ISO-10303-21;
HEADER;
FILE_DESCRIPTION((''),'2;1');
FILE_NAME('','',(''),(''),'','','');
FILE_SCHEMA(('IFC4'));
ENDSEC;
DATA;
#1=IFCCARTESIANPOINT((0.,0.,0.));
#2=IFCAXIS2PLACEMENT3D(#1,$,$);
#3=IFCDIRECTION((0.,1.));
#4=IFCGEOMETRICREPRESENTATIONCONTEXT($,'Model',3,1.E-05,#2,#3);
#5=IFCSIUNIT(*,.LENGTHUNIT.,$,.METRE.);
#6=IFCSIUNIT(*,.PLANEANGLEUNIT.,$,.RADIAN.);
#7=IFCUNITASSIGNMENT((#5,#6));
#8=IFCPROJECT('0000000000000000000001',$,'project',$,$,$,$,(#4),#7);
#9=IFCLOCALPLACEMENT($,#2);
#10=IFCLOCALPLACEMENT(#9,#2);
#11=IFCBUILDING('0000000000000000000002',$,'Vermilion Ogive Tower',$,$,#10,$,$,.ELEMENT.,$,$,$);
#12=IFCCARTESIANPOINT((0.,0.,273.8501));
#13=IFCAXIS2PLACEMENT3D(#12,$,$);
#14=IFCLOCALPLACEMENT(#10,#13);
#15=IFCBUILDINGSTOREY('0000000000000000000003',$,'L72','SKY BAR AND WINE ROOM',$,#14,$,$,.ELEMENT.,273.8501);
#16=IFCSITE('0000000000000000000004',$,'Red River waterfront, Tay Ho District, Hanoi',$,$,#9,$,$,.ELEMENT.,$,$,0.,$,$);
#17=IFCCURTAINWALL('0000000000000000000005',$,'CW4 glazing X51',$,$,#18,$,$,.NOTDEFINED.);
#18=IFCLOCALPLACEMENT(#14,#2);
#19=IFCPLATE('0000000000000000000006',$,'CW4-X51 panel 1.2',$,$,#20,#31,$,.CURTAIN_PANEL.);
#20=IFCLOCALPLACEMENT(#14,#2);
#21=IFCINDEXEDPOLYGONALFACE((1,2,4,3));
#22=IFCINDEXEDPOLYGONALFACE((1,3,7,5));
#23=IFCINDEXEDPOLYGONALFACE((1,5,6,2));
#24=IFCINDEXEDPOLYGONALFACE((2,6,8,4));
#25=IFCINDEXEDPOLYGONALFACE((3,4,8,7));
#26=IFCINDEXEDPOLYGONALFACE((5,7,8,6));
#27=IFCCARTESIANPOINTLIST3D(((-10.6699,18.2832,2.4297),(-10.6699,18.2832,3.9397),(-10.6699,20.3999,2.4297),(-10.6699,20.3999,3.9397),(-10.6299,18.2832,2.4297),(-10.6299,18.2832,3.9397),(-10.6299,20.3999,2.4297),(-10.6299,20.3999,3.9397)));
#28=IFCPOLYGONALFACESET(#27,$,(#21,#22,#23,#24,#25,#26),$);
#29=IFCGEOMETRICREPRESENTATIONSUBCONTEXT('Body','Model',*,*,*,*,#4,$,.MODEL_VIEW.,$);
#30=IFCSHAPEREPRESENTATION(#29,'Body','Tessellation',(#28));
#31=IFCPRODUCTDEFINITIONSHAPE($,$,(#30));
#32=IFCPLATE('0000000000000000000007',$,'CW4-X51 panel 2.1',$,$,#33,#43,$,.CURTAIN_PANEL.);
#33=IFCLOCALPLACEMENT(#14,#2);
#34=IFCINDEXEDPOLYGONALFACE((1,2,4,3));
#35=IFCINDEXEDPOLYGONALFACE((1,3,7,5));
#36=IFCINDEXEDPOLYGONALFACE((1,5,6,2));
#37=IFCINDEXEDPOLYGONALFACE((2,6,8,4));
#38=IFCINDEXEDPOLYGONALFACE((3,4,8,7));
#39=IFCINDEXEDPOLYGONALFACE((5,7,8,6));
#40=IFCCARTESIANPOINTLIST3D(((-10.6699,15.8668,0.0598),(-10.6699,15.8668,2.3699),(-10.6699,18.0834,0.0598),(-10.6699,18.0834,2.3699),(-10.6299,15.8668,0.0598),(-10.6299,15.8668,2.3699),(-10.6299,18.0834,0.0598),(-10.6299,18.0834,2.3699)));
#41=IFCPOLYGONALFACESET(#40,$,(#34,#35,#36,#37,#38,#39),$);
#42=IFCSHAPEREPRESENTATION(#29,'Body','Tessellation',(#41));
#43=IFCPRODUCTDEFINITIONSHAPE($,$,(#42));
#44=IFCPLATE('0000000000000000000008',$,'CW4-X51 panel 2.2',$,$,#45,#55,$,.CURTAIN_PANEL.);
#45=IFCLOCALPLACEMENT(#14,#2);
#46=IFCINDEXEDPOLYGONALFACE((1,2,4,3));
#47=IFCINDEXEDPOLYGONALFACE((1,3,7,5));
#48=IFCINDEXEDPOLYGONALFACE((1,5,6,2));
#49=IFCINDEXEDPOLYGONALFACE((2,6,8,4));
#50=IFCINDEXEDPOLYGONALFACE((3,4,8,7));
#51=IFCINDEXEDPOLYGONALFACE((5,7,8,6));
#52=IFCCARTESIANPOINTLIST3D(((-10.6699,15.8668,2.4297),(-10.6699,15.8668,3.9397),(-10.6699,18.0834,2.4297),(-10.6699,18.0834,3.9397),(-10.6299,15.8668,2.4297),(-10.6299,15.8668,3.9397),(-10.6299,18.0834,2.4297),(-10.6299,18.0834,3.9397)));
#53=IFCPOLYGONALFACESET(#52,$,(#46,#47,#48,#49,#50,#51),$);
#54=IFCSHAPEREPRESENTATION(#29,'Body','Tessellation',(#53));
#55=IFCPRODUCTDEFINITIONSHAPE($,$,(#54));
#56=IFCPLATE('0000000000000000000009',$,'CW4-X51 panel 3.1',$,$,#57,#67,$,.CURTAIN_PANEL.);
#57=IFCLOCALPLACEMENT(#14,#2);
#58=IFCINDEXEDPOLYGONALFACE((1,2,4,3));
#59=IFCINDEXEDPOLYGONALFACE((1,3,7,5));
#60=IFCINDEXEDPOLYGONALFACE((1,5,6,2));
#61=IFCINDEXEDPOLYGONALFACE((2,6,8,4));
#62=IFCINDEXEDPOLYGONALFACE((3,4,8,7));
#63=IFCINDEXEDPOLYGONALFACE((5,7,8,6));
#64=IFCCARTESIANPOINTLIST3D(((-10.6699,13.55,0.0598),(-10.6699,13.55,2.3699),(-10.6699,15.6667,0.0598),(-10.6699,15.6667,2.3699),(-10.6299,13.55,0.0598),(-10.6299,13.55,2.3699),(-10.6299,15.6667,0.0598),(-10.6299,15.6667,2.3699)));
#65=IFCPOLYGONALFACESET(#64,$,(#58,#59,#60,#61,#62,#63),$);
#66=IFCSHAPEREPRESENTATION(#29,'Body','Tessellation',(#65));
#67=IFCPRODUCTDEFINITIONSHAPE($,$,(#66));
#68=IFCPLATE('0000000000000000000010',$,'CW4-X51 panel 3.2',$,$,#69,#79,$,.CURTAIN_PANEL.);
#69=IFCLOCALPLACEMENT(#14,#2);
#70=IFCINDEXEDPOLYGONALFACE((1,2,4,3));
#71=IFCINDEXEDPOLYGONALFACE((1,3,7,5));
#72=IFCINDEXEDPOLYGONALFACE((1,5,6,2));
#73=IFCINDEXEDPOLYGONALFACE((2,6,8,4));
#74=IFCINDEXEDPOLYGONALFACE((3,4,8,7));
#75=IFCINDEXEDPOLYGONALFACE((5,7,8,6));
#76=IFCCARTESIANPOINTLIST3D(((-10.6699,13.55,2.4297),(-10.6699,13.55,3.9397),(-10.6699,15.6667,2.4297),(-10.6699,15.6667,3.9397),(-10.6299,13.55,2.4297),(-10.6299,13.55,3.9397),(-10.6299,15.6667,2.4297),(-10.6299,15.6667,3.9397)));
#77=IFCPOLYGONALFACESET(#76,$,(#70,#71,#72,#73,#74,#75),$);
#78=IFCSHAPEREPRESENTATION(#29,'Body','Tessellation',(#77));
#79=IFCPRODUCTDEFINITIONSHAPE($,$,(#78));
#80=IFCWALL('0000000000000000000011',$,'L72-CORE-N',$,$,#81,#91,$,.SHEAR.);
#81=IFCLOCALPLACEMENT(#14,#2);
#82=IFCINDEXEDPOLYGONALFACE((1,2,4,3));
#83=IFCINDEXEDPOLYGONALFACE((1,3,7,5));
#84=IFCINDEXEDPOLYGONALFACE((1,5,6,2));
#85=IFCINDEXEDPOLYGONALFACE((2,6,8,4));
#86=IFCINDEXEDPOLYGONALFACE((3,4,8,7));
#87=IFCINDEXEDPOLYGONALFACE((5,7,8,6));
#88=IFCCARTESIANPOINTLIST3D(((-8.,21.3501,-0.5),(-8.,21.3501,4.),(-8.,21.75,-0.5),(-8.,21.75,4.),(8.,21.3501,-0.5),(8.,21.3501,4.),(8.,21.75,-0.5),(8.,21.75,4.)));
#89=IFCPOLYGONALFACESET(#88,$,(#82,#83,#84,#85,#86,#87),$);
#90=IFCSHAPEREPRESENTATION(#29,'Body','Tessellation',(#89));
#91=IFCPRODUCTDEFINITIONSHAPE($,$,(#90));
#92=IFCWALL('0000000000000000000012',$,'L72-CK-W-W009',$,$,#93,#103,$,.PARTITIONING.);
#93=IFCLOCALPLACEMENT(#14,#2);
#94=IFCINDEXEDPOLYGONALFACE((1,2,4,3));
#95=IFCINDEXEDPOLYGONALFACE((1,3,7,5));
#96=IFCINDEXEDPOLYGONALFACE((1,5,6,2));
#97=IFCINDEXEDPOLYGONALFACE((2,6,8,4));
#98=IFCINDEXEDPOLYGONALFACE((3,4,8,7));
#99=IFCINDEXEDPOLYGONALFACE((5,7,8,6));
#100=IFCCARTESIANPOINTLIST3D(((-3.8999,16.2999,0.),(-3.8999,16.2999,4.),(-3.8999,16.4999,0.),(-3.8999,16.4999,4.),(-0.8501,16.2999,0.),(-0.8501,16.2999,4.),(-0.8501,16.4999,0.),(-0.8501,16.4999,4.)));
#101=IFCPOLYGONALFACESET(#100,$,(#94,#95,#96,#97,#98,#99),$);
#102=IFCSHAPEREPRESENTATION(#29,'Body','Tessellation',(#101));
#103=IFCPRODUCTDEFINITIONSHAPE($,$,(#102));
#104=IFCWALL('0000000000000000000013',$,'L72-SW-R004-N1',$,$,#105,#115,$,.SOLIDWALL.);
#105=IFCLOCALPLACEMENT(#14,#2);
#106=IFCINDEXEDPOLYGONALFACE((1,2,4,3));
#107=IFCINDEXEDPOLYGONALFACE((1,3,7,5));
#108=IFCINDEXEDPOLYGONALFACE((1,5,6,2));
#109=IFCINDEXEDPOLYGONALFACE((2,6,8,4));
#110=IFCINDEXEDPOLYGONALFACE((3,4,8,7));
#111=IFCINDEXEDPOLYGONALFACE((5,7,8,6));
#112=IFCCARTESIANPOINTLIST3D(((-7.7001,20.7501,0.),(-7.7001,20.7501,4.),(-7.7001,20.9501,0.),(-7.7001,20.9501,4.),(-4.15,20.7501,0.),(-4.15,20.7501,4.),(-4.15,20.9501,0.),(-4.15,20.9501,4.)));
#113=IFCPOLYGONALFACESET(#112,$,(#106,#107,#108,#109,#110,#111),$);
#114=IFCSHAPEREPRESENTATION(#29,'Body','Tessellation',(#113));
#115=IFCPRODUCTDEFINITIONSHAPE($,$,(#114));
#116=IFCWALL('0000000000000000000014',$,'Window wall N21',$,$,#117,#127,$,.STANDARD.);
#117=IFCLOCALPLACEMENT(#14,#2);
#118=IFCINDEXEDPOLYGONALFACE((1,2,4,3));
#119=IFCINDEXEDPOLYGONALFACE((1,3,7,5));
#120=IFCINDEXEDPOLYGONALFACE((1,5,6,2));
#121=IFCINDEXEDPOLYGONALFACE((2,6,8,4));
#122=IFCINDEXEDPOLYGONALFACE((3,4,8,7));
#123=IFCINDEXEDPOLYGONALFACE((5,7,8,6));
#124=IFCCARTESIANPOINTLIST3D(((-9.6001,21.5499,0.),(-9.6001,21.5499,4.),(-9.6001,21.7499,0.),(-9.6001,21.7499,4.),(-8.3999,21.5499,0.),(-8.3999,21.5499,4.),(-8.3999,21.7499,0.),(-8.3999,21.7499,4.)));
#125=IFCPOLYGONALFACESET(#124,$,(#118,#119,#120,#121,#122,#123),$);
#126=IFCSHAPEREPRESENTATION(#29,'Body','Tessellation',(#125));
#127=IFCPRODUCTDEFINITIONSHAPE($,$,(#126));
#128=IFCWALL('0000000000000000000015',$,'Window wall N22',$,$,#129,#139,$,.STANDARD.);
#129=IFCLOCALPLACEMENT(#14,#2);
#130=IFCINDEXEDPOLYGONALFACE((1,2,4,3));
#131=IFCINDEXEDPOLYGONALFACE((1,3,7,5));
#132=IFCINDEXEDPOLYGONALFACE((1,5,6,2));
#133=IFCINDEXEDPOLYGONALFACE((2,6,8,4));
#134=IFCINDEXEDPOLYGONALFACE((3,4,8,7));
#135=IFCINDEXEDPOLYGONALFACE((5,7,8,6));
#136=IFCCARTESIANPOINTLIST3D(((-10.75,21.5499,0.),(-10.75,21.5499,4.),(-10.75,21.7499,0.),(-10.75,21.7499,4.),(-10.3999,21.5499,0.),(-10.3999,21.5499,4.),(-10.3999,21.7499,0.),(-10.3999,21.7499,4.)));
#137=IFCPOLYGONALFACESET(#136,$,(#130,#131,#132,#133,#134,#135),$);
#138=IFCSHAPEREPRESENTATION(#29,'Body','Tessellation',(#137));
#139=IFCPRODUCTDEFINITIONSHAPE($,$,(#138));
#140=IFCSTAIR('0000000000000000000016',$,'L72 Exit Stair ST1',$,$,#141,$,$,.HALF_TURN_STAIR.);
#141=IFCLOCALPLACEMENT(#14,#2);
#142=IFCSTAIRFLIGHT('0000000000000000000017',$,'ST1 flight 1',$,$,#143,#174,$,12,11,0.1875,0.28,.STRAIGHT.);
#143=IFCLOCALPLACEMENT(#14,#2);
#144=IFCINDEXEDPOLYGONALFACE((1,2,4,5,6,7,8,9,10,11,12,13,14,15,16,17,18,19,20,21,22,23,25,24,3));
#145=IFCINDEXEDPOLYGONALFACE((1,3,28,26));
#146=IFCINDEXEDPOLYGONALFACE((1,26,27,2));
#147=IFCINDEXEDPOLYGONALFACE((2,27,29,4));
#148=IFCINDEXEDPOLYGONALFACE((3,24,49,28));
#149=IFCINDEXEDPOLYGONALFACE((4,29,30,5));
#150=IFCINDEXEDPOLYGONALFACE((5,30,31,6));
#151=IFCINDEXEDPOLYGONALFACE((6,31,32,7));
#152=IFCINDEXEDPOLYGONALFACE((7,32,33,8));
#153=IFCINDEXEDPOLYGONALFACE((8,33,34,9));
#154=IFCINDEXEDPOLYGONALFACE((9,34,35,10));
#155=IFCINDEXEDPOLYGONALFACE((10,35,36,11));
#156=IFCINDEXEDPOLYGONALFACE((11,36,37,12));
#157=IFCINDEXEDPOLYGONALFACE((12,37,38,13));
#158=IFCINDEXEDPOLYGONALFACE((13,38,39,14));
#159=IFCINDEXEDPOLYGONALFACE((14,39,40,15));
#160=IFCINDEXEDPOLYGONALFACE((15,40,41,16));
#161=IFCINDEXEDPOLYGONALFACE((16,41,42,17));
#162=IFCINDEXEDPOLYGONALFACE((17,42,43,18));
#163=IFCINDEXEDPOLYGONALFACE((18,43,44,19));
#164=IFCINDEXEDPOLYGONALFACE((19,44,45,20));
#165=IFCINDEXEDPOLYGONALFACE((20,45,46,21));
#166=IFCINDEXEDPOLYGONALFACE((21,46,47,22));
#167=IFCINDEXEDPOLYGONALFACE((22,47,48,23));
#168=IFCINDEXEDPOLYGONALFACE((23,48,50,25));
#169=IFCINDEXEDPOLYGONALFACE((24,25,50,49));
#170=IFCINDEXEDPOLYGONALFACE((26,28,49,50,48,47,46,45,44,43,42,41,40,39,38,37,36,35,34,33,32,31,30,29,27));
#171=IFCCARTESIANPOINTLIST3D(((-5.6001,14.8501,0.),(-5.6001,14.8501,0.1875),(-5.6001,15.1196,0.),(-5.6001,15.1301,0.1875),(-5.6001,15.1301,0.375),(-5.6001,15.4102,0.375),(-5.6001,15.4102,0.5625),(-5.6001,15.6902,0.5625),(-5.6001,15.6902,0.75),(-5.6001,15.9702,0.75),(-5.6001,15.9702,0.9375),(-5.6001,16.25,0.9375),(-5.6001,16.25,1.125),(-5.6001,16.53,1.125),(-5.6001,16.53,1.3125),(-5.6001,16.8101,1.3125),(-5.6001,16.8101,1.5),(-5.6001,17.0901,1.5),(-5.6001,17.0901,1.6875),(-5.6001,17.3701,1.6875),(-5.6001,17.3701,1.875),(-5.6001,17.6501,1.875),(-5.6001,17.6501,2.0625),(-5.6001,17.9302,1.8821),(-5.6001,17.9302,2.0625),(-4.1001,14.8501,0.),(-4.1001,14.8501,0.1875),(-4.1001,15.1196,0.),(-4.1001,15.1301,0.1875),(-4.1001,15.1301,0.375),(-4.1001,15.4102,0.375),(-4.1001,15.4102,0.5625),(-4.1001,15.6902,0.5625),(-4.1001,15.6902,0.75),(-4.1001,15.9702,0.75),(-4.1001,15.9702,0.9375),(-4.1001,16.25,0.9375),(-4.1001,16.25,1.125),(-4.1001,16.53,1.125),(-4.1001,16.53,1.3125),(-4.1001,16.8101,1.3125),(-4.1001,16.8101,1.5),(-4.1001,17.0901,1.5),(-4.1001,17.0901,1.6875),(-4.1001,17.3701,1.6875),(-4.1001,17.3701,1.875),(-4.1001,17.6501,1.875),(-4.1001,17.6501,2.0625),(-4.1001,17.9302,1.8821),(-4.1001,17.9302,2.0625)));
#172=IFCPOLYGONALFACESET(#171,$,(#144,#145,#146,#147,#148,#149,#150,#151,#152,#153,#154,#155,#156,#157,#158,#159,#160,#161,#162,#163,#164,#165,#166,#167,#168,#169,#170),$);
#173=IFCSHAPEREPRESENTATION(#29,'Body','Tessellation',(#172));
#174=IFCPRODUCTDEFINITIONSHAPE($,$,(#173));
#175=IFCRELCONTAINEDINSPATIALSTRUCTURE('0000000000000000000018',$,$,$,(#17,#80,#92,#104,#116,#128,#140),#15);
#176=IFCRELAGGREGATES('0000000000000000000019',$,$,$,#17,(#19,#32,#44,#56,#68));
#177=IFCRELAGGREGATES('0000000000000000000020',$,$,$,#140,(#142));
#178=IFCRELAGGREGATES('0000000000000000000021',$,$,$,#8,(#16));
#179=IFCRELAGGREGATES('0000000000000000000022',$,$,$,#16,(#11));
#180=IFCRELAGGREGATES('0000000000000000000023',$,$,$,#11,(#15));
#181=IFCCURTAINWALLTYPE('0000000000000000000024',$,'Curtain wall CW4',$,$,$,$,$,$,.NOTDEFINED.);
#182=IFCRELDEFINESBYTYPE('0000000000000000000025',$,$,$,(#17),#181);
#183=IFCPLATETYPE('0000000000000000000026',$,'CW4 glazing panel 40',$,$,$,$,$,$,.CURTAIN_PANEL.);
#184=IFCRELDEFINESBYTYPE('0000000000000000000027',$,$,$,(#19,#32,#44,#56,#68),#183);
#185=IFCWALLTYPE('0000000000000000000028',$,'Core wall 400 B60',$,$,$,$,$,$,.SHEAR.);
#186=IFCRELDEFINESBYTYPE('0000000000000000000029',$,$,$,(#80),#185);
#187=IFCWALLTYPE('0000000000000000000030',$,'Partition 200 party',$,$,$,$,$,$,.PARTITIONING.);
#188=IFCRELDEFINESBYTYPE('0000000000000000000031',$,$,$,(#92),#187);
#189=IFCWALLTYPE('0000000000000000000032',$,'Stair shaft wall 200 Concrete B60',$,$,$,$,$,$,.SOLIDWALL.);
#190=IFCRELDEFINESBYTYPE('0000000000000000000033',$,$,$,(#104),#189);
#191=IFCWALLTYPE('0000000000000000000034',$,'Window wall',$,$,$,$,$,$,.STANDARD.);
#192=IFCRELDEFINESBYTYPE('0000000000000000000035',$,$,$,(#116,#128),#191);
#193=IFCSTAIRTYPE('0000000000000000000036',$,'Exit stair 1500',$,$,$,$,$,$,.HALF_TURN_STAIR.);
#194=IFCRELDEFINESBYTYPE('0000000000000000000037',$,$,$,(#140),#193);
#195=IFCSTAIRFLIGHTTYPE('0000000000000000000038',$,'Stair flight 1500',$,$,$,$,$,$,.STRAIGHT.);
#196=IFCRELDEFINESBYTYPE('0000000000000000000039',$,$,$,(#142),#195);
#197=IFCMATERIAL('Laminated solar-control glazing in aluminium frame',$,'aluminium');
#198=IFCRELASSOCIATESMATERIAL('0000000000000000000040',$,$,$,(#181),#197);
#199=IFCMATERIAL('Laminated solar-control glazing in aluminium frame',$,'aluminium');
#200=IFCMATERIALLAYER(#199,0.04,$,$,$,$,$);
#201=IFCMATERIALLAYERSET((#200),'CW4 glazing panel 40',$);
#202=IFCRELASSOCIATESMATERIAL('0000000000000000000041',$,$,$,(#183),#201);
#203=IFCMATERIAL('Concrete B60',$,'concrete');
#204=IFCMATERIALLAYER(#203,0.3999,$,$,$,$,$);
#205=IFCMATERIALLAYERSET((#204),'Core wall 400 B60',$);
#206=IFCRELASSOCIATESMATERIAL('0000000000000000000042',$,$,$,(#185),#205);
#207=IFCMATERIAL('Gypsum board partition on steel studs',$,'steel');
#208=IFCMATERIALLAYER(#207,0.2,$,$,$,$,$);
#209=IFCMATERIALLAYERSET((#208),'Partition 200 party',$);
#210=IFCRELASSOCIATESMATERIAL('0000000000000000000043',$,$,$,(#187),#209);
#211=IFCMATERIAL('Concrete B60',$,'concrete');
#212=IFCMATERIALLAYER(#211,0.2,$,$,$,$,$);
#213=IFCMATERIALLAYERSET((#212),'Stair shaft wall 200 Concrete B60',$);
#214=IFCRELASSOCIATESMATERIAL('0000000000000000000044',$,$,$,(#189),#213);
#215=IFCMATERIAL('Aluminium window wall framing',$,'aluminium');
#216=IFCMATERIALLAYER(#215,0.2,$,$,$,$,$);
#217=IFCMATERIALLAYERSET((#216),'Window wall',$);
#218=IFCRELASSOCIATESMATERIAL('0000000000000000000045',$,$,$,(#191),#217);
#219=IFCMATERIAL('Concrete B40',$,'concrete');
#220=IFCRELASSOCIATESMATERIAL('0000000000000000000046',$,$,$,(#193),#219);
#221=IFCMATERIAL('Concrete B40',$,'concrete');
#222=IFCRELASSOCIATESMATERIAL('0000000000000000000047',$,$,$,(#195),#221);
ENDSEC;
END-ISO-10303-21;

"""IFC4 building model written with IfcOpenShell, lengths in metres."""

from ifc_helpers import new_model, si_unit, direction, frame, frame_2d, origin, origin_2d, place, context, subcontext, project, spatial, polyline, rectangle, outline, extrude, material, layer, layer_set, type_object, element, aggregate, save


model = new_model("IFC4")

# Units and contexts
model_context = context("Model", 3, precision=1e-05, world=origin(), true_north=direction((0.0, 1.0)))
body_context = subcontext(model_context, "Body", "Model", "MODEL_VIEW")
ifc_project = project(units=[si_unit("LENGTHUNIT", "METRE"), si_unit("PLANEANGLEUNIT", "RADIAN")], contexts=[model_context])

# Site, building, storey
site_placement = place(None, origin())
site = spatial("IfcSite", under=ifc_project, at=site_placement, Name="Red River waterfront, Tay Ho District, Hanoi", CompositionType="ELEMENT", RefElevation=0.0)
building_placement = place(site_placement, origin())
building = spatial("IfcBuilding", under=site, at=building_placement, Name="Vermilion Ogive Tower", CompositionType="ELEMENT")
storey_placement = place(building_placement, frame((0.0, 0.0, 273.8501)))
storey = spatial("IfcBuildingStorey", under=building, at=storey_placement, Name="L72", Description="SKY BAR AND WINE ROOM", CompositionType="ELEMENT", Elevation=273.8501)

# Curtain wall, plates
ifc_material_1 = material(Name="Laminated solar-control glazing in aluminium frame", Category="aluminium")
curtain_wall_type = type_object("IfcCurtainWallType", Name="Curtain wall CW4", PredefinedType="NOTDEFINED", material=ifc_material_1)
curtain_wall_placement = place(storey_placement, origin())
curtain_wall = element("IfcCurtainWall", 1, at=curtain_wall_placement, inside=storey, type_object=curtain_wall_type, Name="CW4 glazing X51", PredefinedType="NOTDEFINED")
ifc_material_2 = material(Name="Laminated solar-control glazing in aluminium frame", Category="aluminium")
ifc_layer_1 = layer(ifc_material_2, 0.04)
ifc_layer_set_1 = layer_set([ifc_layer_1], Name="CW4 glazing panel 40")
plate_type = type_object("IfcPlateType", Name="CW4 glazing panel 40", PredefinedType="CURTAIN_PANEL", material=ifc_layer_set_1)
plate_1_placement = place(storey_placement, frame((-10.6499, 19.3416, 2.4297), z_axis=(0.0, 0.0, 1.0), x_axis=(0.0, -1.0, 0.0)))
plate_1 = element("IfcPlate", 2, at=plate_1_placement, type_object=plate_type, Name="CW4-X51 panel 1.2", PredefinedType="CURTAIN_PANEL", context=body_context, shape_type="SweptSolid", body=[
    extrude(rectangle(XDim=2.1167, YDim=0.04, at=origin_2d()), origin(), (0.0, 0.0, 1.0), 1.51),
])
plate_2_placement = place(storey_placement, frame((-10.6499, 16.9751, 0.0598), z_axis=(0.0, 0.0, 1.0), x_axis=(0.0, -1.0, 0.0)))
plate_2 = element("IfcPlate", 3, at=plate_2_placement, type_object=plate_type, Name="CW4-X51 panel 2.1", PredefinedType="CURTAIN_PANEL", context=body_context, shape_type="SweptSolid", body=[
    extrude(rectangle(XDim=2.2166, YDim=0.04, at=origin_2d()), origin(), (0.0, 0.0, 1.0), 2.3101),
])
plate_3_placement = place(storey_placement, frame((-10.6499, 16.9751, 2.4297), z_axis=(0.0, 0.0, 1.0), x_axis=(0.0, -1.0, 0.0)))
plate_3 = element("IfcPlate", 4, at=plate_3_placement, type_object=plate_type, Name="CW4-X51 panel 2.2", PredefinedType="CURTAIN_PANEL", context=body_context, shape_type="SweptSolid", body=[
    extrude(rectangle(XDim=2.2166, YDim=0.04, at=origin_2d()), origin(), (0.0, 0.0, 1.0), 1.51),
])
plate_4_placement = place(storey_placement, frame((-10.6499, 14.6084, 0.0598), z_axis=(0.0, 0.0, 1.0), x_axis=(0.0, -1.0, 0.0)))
plate_4 = element("IfcPlate", 5, at=plate_4_placement, type_object=plate_type, Name="CW4-X51 panel 3.1", PredefinedType="CURTAIN_PANEL", context=body_context, shape_type="SweptSolid", body=[
    extrude(rectangle(XDim=2.1167, YDim=0.04, at=origin_2d()), origin(), (0.0, 0.0, 1.0), 2.3101),
])
plate_5_placement = place(storey_placement, frame((-10.6499, 14.6084, 2.4297), z_axis=(0.0, 0.0, 1.0), x_axis=(0.0, -1.0, 0.0)))
plate_5 = element("IfcPlate", 6, at=plate_5_placement, type_object=plate_type, Name="CW4-X51 panel 3.2", PredefinedType="CURTAIN_PANEL", context=body_context, shape_type="SweptSolid", body=[
    extrude(rectangle(XDim=2.1167, YDim=0.04, at=origin_2d()), origin(), (0.0, 0.0, 1.0), 1.51),
])
aggregate(curtain_wall, [plate_1, plate_2, plate_3, plate_4, plate_5])

# Walls
ifc_material_3 = material(Name="Concrete B60", Category="concrete")
ifc_layer_2 = layer(ifc_material_3, 0.3999)
ifc_layer_set_2 = layer_set([ifc_layer_2], Name="Core wall 400 B60")
wall_type_1 = type_object("IfcWallType", Name="Core wall 400 B60", PredefinedType="SHEAR", material=ifc_layer_set_2)
wall_1_placement = place(storey_placement, frame((-8.0, 21.55, -0.5), z_axis=(0.0, 0.0, 1.0), x_axis=(1.0, 0.0, 0.0)))
element("IfcWall", 7, at=wall_1_placement, inside=storey, type_object=wall_type_1, Name="L72-CORE-N", PredefinedType="SHEAR", context=body_context, shape_type="SweptSolid", body=[
    extrude(rectangle(XDim=16.0, YDim=0.3999, at=frame_2d((8.0, 0.0))), origin(), (0.0, 0.0, 1.0), 4.5),
])
ifc_material_4 = material(Name="Gypsum board partition on steel studs", Category="steel")
ifc_layer_3 = layer(ifc_material_4, 0.2)
ifc_layer_set_3 = layer_set([ifc_layer_3], Name="Partition 200 party")
wall_type_2 = type_object("IfcWallType", Name="Partition 200 party", PredefinedType="PARTITIONING", material=ifc_layer_set_3)
wall_2_placement = place(storey_placement, frame((-3.8999, 16.3999, 0.0), z_axis=(0.0, 0.0, 1.0), x_axis=(1.0, 0.0, 0.0)))
element("IfcWall", 8, at=wall_2_placement, inside=storey, type_object=wall_type_2, Name="L72-CK-W-W009", PredefinedType="PARTITIONING", context=body_context, shape_type="SweptSolid", body=[
    extrude(rectangle(XDim=3.0498, YDim=0.2, at=frame_2d((1.5249, 0.0))), origin(), (0.0, 0.0, 1.0), 4.0),
])
ifc_material_5 = material(Name="Concrete B60", Category="concrete")
ifc_layer_4 = layer(ifc_material_5, 0.2)
ifc_layer_set_4 = layer_set([ifc_layer_4], Name="Stair shaft wall 200 Concrete B60")
wall_type_3 = type_object("IfcWallType", Name="Stair shaft wall 200 Concrete B60", PredefinedType="SOLIDWALL", material=ifc_layer_set_4)
wall_3_placement = place(storey_placement, frame((-7.7, 20.8501, 0.0), z_axis=(0.0, 0.0, 1.0), x_axis=(1.0, 0.0, 0.0)))
element("IfcWall", 9, at=wall_3_placement, inside=storey, type_object=wall_type_3, Name="L72-SW-R004-N1", PredefinedType="SOLIDWALL", context=body_context, shape_type="SweptSolid", body=[
    extrude(rectangle(XDim=3.55, YDim=0.2, at=frame_2d((1.7749, 0.0))), origin(), (0.0, 0.0, 1.0), 4.0),
])
ifc_material_6 = material(Name="Aluminium window wall framing", Category="aluminium")
ifc_layer_5 = layer(ifc_material_6, 0.2)
ifc_layer_set_5 = layer_set([ifc_layer_5], Name="Window wall")
wall_type_4 = type_object("IfcWallType", Name="Window wall", PredefinedType="STANDARD", material=ifc_layer_set_5)
wall_4_placement = place(storey_placement, frame((-8.3999, 21.6499, 0.0), z_axis=(0.0, 0.0, 1.0), x_axis=(-1.0, 0.0, 0.0)))
element("IfcWall", 10, at=wall_4_placement, inside=storey, type_object=wall_type_4, Name="Window wall N21", PredefinedType="STANDARD", context=body_context, shape_type="SweptSolid", body=[
    extrude(rectangle(XDim=1.2002, YDim=0.2, at=frame_2d((0.6001, 0.0))), origin(), (0.0, 0.0, 1.0), 4.0),
])
wall_5_placement = place(storey_placement, frame((-10.3999, 21.6499, 0.0), z_axis=(0.0, 0.0, 1.0), x_axis=(-1.0, 0.0, 0.0)))
element("IfcWall", 11, at=wall_5_placement, inside=storey, type_object=wall_type_4, Name="Window wall N22", PredefinedType="STANDARD", context=body_context, shape_type="SweptSolid", body=[
    extrude(rectangle(XDim=0.3501, YDim=0.2, at=frame_2d((0.175, 0.0))), origin(), (0.0, 0.0, 1.0), 4.0),
])

# Stair, stair flight
ifc_material_7 = material(Name="Concrete B40", Category="concrete")
stair_type = type_object("IfcStairType", Name="Exit stair 1500", PredefinedType="HALF_TURN_STAIR", material=ifc_material_7)
stair_placement = place(storey_placement, origin())
stair = element("IfcStair", 12, at=stair_placement, inside=storey, type_object=stair_type, Name="L72 Exit Stair ST1", PredefinedType="HALF_TURN_STAIR")
ifc_material_8 = material(Name="Concrete B40", Category="concrete")
stair_flight_type = type_object("IfcStairFlightType", Name="Stair flight 1500", PredefinedType="STRAIGHT", material=ifc_material_8)
stair_flight_1_placement = place(storey_placement, frame((-4.8501, 14.8501, 0.0), z_axis=(0.0, 0.0, 1.0), x_axis=(0.0, 1.0, 0.0)))
stair_flight_1 = element("IfcStairFlight", 13, at=stair_flight_1_placement, type_object=stair_flight_type, Name="ST1 flight 1", NumberOfRisers=12, NumberOfTreads=11, PredefinedType="STRAIGHT", RiserHeight=0.1875, TreadLength=0.28, context=body_context, shape_type="SweptSolid", body=[
    extrude(outline(polyline([(0.0, 0.0), (0.0, 0.1875), (0.28, 0.1875), (0.28, 0.375), (0.5601, 0.375), (0.5601, 0.5625), (0.8401, 0.5625), (0.8401, 0.75), (1.1201, 0.75), (1.1201, 0.9375), (1.3999, 0.9375), (1.3999, 1.125), (1.6799, 1.125), (1.6799, 1.3125), (1.96, 1.3125), (1.96, 1.5), (2.24, 1.5), (2.24, 1.6875), (2.52, 1.6875), (2.52, 1.875), (2.8, 1.875), (2.8, 2.0625), (3.0801, 2.0625), (3.0801, 2.25), (3.0801, 1.8821), (0.2695, 0.0), (0.0, 0.0)])), frame((0.0, 0.75, 0.0), z_axis=(0.0, -1.0, 0.0), x_axis=(1.0, 0.0, 0.0)), (0.0, 0.0, 1.0), 1.5),
])
aggregate(stair, [stair_flight_1])

save(model, "model.ifc")
